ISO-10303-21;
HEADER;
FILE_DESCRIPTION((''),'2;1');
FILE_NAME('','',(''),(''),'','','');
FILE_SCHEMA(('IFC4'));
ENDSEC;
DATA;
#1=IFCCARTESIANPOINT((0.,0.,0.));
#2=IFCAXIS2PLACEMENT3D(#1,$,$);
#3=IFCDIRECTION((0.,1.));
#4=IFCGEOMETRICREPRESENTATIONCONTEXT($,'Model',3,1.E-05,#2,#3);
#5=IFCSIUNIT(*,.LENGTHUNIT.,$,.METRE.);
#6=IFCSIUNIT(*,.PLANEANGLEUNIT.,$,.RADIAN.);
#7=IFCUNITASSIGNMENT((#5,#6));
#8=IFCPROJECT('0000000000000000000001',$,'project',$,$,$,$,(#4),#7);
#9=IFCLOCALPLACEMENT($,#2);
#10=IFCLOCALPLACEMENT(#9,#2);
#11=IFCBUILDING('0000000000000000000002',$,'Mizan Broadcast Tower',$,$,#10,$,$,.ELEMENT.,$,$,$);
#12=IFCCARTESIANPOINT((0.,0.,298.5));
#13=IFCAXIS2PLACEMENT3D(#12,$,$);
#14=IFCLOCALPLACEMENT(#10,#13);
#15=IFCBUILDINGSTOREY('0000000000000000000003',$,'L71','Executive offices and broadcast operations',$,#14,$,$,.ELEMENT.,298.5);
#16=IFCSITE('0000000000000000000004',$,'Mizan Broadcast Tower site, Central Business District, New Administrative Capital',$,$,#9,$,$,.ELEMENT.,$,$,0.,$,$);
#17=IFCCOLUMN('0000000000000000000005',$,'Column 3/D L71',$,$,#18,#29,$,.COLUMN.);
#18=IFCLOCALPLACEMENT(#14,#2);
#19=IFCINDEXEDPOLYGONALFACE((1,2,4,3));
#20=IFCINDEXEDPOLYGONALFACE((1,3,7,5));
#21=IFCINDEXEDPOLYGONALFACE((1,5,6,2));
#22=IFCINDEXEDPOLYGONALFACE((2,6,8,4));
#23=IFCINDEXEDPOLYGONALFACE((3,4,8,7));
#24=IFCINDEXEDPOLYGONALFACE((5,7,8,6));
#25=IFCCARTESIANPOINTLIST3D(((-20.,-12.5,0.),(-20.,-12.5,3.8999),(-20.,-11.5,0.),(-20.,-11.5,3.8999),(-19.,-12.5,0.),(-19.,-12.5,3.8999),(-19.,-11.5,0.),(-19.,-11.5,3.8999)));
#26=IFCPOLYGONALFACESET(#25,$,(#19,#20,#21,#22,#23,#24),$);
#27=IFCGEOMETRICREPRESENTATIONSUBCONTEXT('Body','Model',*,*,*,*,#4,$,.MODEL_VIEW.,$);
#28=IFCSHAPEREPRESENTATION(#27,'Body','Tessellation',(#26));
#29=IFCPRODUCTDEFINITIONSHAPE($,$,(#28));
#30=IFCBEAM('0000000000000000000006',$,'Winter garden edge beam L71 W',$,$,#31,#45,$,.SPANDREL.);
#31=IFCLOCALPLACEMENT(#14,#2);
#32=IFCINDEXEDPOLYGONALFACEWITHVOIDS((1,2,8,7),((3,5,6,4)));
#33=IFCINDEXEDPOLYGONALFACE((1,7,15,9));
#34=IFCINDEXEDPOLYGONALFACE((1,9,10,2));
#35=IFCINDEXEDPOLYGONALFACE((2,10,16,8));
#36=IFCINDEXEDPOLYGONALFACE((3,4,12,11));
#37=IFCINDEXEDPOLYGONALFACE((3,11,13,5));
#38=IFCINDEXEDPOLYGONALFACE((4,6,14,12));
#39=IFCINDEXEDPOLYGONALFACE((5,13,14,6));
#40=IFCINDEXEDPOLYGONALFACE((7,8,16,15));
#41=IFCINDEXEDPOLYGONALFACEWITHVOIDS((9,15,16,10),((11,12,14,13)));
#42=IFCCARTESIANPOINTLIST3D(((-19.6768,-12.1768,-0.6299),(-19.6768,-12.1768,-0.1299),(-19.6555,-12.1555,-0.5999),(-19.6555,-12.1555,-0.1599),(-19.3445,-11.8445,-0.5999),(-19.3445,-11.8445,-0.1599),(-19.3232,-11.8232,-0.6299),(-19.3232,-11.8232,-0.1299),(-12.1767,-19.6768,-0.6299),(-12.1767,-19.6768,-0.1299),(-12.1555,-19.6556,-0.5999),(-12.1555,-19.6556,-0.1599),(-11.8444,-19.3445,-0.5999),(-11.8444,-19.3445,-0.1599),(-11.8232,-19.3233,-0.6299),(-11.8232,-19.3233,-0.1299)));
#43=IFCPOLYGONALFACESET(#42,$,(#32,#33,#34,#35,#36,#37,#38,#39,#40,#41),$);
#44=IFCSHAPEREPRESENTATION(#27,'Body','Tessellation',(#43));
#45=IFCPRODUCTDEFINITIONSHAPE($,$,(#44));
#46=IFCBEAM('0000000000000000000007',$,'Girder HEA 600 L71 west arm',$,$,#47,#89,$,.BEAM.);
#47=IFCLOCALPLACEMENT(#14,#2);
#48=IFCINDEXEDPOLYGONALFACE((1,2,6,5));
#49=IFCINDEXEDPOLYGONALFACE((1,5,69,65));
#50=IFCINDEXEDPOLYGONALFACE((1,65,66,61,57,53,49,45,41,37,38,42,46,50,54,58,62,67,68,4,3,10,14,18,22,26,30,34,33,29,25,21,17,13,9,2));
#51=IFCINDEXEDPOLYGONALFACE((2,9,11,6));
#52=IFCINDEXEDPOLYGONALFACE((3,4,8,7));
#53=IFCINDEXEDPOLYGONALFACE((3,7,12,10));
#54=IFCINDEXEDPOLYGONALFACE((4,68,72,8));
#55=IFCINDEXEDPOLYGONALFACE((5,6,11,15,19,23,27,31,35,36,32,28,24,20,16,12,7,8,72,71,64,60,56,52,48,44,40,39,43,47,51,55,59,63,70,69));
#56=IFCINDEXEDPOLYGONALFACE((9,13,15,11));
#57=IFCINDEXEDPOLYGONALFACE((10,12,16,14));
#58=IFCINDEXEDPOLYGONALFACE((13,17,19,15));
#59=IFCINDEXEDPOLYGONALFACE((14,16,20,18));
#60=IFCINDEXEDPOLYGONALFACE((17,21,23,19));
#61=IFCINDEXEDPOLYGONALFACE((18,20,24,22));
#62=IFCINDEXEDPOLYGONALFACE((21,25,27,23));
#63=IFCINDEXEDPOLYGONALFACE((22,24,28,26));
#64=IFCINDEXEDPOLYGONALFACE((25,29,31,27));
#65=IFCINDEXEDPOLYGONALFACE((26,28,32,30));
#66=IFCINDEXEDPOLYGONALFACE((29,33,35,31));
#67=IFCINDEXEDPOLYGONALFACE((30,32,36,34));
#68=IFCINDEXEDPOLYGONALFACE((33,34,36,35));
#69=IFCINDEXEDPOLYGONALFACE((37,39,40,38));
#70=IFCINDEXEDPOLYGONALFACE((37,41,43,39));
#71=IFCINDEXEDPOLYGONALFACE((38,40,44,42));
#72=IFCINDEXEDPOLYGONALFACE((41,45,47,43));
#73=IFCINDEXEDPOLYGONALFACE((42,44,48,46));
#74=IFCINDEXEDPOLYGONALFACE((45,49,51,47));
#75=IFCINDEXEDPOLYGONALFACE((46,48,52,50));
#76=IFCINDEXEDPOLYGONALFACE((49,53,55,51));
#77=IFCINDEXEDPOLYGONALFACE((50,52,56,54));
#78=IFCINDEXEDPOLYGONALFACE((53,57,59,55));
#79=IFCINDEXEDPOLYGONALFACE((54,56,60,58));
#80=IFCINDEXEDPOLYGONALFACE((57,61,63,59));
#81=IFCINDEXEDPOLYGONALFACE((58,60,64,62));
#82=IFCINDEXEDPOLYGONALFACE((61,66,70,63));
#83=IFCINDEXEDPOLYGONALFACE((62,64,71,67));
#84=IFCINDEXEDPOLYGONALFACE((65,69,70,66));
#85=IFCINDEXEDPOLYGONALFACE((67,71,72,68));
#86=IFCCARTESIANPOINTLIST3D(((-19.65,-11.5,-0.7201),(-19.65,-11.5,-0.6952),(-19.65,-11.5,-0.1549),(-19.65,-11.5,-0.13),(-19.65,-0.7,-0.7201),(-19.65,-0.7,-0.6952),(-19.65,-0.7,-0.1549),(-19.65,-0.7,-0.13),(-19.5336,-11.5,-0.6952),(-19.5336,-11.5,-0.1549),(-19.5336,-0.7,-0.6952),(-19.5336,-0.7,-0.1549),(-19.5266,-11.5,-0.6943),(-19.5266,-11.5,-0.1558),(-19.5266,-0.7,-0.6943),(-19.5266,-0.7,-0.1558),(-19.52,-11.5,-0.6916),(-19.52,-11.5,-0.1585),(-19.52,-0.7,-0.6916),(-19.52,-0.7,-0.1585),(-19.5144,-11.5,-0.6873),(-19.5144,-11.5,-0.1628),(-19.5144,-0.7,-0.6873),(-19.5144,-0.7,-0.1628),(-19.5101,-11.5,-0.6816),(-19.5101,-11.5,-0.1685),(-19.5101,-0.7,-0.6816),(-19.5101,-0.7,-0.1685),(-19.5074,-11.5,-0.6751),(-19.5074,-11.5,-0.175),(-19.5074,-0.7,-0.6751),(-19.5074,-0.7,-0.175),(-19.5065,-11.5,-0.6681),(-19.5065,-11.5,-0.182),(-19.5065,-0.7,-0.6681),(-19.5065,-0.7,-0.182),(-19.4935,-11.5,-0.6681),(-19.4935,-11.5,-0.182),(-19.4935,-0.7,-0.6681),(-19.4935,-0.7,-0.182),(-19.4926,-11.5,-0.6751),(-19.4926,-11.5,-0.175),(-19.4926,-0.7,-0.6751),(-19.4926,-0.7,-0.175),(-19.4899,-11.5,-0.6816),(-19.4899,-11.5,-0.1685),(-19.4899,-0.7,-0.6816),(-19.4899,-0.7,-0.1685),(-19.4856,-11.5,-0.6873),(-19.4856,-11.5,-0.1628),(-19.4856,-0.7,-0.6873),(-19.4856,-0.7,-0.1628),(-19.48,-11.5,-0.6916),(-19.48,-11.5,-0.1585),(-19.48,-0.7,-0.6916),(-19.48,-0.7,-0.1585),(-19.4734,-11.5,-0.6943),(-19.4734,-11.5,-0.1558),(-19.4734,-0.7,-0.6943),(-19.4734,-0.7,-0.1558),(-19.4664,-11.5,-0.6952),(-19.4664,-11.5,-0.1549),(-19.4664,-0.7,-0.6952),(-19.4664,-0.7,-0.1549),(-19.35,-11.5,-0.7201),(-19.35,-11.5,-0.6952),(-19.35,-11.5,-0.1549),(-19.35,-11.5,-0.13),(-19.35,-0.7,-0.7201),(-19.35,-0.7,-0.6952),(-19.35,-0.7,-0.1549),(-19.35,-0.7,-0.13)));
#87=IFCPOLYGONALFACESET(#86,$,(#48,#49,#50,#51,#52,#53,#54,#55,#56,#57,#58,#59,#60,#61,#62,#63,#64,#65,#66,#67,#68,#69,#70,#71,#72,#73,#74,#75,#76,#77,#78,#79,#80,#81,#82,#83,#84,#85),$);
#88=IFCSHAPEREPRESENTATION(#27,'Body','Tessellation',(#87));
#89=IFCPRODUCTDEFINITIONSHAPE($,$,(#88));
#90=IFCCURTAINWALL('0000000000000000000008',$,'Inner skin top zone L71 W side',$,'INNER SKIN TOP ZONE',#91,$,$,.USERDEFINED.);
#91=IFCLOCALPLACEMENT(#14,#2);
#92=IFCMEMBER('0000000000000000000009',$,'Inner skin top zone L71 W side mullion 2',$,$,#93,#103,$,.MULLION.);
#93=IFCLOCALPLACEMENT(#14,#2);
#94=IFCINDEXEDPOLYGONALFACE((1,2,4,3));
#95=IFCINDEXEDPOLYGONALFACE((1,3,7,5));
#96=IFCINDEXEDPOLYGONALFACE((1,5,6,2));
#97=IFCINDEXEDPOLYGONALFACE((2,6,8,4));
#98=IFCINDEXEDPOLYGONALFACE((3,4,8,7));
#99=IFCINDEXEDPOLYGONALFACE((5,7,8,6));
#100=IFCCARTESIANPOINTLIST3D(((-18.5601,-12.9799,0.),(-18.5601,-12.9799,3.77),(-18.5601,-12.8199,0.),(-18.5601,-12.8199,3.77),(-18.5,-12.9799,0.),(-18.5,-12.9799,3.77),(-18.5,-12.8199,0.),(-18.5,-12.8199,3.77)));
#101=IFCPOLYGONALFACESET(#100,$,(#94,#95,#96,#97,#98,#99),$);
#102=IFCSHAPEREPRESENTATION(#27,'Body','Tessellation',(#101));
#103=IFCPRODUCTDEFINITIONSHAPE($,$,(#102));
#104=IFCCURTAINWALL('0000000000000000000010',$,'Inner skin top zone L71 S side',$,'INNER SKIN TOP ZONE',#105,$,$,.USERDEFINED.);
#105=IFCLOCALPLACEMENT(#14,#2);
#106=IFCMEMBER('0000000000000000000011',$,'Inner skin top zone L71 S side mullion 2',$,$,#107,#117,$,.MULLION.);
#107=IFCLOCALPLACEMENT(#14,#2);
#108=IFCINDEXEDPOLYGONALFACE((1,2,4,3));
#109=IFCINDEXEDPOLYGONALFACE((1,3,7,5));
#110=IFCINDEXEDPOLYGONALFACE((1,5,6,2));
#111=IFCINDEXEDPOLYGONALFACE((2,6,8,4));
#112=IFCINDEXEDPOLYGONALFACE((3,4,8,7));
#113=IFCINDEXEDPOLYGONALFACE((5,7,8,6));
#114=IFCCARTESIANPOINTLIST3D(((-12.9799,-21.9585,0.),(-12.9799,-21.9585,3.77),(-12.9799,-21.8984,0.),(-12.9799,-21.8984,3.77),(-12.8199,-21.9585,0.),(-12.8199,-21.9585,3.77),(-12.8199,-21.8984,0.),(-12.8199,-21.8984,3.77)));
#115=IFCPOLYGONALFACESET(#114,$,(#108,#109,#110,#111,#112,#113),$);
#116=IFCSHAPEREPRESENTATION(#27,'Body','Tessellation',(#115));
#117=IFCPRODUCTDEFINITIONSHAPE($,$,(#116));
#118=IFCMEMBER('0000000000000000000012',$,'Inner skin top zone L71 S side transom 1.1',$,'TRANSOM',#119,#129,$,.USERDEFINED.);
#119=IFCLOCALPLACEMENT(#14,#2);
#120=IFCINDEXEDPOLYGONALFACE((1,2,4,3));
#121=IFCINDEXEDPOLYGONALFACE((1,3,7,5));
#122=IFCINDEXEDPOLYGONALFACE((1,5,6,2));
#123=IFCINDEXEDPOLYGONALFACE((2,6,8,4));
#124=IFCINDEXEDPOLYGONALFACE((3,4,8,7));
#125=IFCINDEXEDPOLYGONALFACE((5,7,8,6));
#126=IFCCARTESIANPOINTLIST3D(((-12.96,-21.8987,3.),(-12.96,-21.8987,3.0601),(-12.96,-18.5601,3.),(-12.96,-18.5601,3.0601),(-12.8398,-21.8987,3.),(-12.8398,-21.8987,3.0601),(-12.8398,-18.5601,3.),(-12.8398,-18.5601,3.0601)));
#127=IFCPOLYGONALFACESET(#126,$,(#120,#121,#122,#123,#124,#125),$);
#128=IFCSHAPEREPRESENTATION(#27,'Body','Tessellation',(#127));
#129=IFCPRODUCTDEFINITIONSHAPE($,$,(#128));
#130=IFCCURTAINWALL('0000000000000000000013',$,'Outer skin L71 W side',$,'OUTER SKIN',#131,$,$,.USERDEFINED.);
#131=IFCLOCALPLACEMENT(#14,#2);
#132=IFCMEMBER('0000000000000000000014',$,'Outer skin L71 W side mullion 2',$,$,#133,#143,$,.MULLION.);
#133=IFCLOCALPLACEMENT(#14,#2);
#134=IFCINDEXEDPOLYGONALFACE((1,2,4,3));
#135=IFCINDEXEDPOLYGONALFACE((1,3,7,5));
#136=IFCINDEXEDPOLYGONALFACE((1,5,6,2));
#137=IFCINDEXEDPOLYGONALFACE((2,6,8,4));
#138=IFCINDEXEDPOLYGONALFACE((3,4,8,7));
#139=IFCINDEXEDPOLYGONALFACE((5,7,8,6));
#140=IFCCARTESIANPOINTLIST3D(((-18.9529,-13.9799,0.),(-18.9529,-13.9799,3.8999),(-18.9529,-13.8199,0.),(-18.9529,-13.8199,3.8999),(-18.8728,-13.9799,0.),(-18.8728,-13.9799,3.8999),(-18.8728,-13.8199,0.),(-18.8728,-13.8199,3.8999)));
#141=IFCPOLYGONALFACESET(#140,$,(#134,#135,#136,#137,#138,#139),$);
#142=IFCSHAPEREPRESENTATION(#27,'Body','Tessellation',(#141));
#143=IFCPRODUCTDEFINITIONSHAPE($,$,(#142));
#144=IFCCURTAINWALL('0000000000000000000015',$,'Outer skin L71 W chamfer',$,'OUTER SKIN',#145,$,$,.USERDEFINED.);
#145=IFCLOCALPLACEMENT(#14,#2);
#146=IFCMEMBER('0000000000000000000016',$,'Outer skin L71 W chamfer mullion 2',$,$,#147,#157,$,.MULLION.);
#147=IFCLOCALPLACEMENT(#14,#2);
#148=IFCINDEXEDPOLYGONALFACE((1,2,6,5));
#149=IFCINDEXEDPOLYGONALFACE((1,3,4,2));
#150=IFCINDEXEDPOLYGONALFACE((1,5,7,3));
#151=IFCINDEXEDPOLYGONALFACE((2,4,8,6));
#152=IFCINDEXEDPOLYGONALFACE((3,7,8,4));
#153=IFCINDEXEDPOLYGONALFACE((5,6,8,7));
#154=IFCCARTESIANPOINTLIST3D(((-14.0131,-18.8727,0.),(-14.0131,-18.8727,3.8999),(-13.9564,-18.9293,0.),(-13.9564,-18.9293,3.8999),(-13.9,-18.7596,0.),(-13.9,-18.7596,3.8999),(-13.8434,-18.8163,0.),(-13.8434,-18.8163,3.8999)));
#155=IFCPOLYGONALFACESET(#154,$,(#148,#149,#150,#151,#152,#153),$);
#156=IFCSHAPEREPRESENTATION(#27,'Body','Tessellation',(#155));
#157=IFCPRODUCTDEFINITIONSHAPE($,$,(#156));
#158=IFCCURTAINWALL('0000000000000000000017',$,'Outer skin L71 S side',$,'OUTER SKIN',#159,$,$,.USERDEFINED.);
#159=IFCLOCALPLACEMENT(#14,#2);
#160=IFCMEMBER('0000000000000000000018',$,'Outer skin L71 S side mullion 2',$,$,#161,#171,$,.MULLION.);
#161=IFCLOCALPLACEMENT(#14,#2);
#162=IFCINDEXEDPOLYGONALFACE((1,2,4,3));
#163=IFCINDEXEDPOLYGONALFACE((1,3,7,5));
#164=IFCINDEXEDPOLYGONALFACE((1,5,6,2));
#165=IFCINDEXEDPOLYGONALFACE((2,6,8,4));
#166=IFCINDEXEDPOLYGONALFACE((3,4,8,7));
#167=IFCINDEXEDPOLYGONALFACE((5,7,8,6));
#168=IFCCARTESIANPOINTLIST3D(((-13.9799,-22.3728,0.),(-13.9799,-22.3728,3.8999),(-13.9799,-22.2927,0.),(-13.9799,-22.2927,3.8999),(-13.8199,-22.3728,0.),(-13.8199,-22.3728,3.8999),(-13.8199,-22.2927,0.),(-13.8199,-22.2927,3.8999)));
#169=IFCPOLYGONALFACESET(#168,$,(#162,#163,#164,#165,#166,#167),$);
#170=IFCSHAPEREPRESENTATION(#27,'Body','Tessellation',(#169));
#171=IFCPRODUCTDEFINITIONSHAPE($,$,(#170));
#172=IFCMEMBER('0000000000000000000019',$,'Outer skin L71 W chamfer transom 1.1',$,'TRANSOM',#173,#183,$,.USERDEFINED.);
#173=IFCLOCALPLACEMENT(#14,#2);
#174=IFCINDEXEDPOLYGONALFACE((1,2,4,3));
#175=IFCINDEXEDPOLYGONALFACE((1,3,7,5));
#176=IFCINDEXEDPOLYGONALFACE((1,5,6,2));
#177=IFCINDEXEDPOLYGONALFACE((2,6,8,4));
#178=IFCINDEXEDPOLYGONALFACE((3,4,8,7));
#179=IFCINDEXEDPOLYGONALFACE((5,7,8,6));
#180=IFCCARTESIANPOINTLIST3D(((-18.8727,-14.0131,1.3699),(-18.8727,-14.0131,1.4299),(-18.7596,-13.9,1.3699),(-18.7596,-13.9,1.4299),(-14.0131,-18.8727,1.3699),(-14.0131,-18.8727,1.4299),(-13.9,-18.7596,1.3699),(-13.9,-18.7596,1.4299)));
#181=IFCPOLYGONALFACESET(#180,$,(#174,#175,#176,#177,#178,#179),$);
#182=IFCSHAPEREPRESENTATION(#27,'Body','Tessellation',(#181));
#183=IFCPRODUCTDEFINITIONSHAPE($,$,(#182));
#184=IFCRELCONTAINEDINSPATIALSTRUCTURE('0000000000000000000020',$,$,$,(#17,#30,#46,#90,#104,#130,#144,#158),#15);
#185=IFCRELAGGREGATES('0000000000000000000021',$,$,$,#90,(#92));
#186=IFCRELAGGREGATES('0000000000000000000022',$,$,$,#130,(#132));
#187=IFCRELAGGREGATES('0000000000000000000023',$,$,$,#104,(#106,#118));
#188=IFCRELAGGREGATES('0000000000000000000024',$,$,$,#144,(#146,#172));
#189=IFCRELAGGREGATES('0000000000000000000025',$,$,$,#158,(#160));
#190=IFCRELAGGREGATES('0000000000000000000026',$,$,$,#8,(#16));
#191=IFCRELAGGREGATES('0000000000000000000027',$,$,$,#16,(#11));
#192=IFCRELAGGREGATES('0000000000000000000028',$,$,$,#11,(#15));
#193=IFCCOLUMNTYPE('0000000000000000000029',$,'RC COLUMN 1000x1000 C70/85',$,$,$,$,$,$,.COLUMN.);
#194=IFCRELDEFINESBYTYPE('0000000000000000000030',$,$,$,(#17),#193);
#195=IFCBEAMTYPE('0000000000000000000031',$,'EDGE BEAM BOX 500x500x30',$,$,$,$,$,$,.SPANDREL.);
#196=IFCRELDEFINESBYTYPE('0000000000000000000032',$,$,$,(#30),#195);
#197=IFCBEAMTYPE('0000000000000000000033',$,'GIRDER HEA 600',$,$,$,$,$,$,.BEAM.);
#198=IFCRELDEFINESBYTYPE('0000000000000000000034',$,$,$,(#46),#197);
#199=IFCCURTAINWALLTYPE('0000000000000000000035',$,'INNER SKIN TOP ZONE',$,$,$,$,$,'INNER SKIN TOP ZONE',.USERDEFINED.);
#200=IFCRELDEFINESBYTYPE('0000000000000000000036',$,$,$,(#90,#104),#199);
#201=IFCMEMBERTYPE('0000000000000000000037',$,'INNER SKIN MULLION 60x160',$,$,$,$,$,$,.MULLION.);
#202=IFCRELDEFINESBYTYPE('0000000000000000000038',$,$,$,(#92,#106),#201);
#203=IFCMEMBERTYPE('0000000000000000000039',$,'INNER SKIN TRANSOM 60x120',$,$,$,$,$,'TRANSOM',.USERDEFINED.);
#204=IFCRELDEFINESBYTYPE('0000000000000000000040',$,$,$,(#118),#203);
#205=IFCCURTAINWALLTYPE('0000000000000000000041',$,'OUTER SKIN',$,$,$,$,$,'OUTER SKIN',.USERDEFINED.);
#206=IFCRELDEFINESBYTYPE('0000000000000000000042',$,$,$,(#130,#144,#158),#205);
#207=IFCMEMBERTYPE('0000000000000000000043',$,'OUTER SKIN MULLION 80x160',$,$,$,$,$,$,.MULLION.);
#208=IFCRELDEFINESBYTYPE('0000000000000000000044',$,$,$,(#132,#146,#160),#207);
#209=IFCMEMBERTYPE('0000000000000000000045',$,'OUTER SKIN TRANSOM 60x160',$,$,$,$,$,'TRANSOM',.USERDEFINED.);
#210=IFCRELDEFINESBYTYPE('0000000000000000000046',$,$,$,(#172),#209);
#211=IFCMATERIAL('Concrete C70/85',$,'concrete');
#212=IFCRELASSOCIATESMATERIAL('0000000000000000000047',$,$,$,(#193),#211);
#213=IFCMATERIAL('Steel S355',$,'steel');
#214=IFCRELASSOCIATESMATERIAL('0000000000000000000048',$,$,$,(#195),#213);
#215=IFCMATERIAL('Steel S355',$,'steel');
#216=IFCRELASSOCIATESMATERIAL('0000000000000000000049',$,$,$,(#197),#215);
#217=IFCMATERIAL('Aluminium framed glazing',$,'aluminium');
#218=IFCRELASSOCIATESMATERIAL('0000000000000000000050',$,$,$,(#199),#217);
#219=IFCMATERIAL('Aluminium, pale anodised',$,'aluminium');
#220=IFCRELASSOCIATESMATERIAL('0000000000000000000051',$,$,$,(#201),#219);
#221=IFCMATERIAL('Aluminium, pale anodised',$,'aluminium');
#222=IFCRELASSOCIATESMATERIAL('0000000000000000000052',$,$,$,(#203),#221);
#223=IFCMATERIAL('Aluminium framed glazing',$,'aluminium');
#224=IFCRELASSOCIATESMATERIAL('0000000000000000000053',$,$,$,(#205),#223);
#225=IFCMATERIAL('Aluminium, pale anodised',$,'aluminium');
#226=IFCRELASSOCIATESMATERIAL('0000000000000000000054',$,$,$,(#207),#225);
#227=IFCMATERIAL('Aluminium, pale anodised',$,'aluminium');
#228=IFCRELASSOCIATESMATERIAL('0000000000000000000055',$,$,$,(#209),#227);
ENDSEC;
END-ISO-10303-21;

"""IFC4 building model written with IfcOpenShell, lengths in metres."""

from ifc_helpers import new_model, si_unit, direction, frame, origin, origin_2d, place, context, subcontext, project, spatial, rectangle, hollow_rectangle, i_section, extrude, material, material_profile, profile_set, type_object, element, aggregate, save


model = new_model("IFC4")

# Units and contexts
model_context = context("Model", 3, precision=1e-05, world=origin(), true_north=direction((0.0, 1.0)))
body_context = subcontext(model_context, "Body", "Model", "MODEL_VIEW")
ifc_project = project(units=[si_unit("LENGTHUNIT", "METRE"), si_unit("PLANEANGLEUNIT", "RADIAN")], contexts=[model_context])

# Site, building, storey
site_placement = place(None, origin())
site = spatial("IfcSite", under=ifc_project, at=site_placement, Name="Mizan Broadcast Tower site, Central Business District, New Administrative Capital", CompositionType="ELEMENT", RefElevation=0.0)
building_placement = place(site_placement, origin())
building = spatial("IfcBuilding", under=site, at=building_placement, Name="Mizan Broadcast Tower", CompositionType="ELEMENT")
storey_placement = place(building_placement, frame((0.0, 0.0, 298.5)))
storey = spatial("IfcBuildingStorey", under=building, at=storey_placement, Name="L71", Description="Executive offices and broadcast operations", CompositionType="ELEMENT", Elevation=298.5)

# Column
ifc_material_1 = material(Name="Concrete C70/85", Category="concrete")
ifc_material_profile_1 = material_profile(ifc_material_1, rectangle(XDim=1.0, YDim=1.0, at=origin_2d()), Name="RC 1000x1000")
ifc_profile_set_1 = profile_set([ifc_material_profile_1], Name="Concrete C70/85")
column_type = type_object("IfcColumnType", Name="RC COLUMN 1000x1000 C70/85", PredefinedType="COLUMN", material=ifc_profile_set_1)
column_placement = place(storey_placement, frame((-19.5, -12.0, 0.0), z_axis=(0.0, 0.0, 1.0), x_axis=(1.0, 0.0, 0.0)))
element("IfcColumn", 1, at=column_placement, inside=storey, type_object=column_type, Name="Column 3/D L71", PredefinedType="COLUMN", context=body_context, shape_type="SweptSolid", body=[
    extrude(rectangle(XDim=1.0, YDim=1.0, at=origin_2d()), origin(), (0.0, 0.0, 1.0), 3.8999),
])

# Beams
ifc_material_2 = material(Name="Steel S355", Category="steel")
ifc_material_profile_2 = material_profile(ifc_material_2, hollow_rectangle(XDim=0.5, YDim=0.5, WallThickness=0.03, at=origin_2d()), Name="BOX 500x500x30")
ifc_profile_set_2 = profile_set([ifc_material_profile_2], Name="Steel S355")
beam_type_1 = type_object("IfcBeamType", Name="EDGE BEAM BOX 500x500x30", PredefinedType="SPANDREL", material=ifc_profile_set_2)
beam_1_placement = place(storey_placement, frame((-19.5, -12.0, -0.3799), z_axis=(0.707107, -0.707107, 0.0), x_axis=(0.707107, 0.707107, 0.0)))
element("IfcBeam", 2, at=beam_1_placement, inside=storey, type_object=beam_type_1, Name="Winter garden edge beam L71 W", PredefinedType="SPANDREL", context=body_context, shape_type="SweptSolid", body=[
    extrude(hollow_rectangle(XDim=0.5, YDim=0.5, WallThickness=0.03, at=origin_2d()), origin(), (0.0, 0.0, 1.0), 10.6067),
])
ifc_material_3 = material(Name="Steel S355", Category="steel")
ifc_material_profile_3 = material_profile(ifc_material_3, i_section(OverallWidth=0.3, OverallDepth=0.5901, WebThickness=0.0129, FlangeThickness=0.0249, FilletRadius=0.0271, at=origin_2d()), Name="HEA 600")
ifc_profile_set_3 = profile_set([ifc_material_profile_3], Name="Steel S355")
beam_type_2 = type_object("IfcBeamType", Name="GIRDER HEA 600", PredefinedType="BEAM", material=ifc_profile_set_3)
beam_2_placement = place(storey_placement, frame((-19.5, -11.5, -0.425), z_axis=(0.0, 1.0, 0.0), x_axis=(-1.0, 0.0, 0.0)))
element("IfcBeam", 3, at=beam_2_placement, inside=storey, type_object=beam_type_2, Name="Girder HEA 600 L71 west arm", PredefinedType="BEAM", context=body_context, shape_type="SweptSolid", body=[
    extrude(i_section(OverallWidth=0.3, OverallDepth=0.5901, WebThickness=0.0129, FlangeThickness=0.0249, FilletRadius=0.0271, at=origin_2d()), origin(), (0.0, 0.0, 1.0), 10.8),
])

# Curtain wall, member
ifc_material_4 = material(Name="Aluminium framed glazing", Category="aluminium")
curtain_wall_type_1 = type_object("IfcCurtainWallType", Name="INNER SKIN TOP ZONE", ElementType="INNER SKIN TOP ZONE", PredefinedType="USERDEFINED", material=ifc_material_4)
curtain_wall_1_placement = place(storey_placement, origin())
curtain_wall_1 = element("IfcCurtainWall", 4, at=curtain_wall_1_placement, inside=storey, type_object=curtain_wall_type_1, Name="Inner skin top zone L71 W side", ObjectType="INNER SKIN TOP ZONE", PredefinedType="USERDEFINED")
ifc_material_5 = material(Name="Aluminium, pale anodised", Category="aluminium")
ifc_material_profile_4 = material_profile(ifc_material_5, rectangle(XDim=0.1599, YDim=0.0601, at=origin_2d()), Name="MULLION 160x60")
ifc_profile_set_4 = profile_set([ifc_material_profile_4], Name="Aluminium, pale anodised")
member_type_1 = type_object("IfcMemberType", Name="INNER SKIN MULLION 60x160", PredefinedType="MULLION", material=ifc_profile_set_4)
member_1_placement = place(storey_placement, frame((-18.53, -12.8999, 0.0), z_axis=(0.0, 0.0, 1.0), x_axis=(0.0, 1.0, 0.0)))
member_1 = element("IfcMember", 5, at=member_1_placement, type_object=member_type_1, Name="Inner skin top zone L71 W side mullion 2", PredefinedType="MULLION", context=body_context, shape_type="SweptSolid", body=[
    extrude(rectangle(XDim=0.1599, YDim=0.0601, at=origin_2d()), origin(), (0.0, 0.0, 1.0), 3.77),
])
aggregate(curtain_wall_1, [member_1])

# Curtain wall, members
curtain_wall_2_placement = place(storey_placement, origin())
curtain_wall_2 = element("IfcCurtainWall", 6, at=curtain_wall_2_placement, inside=storey, type_object=curtain_wall_type_1, Name="Inner skin top zone L71 S side", ObjectType="INNER SKIN TOP ZONE", PredefinedType="USERDEFINED")
member_2_placement = place(storey_placement, frame((-12.8999, -21.9285, 0.0), z_axis=(0.0, 0.0, 1.0), x_axis=(1.0, 0.0, 0.0)))
member_2 = element("IfcMember", 7, at=member_2_placement, type_object=member_type_1, Name="Inner skin top zone L71 S side mullion 2", PredefinedType="MULLION", context=body_context, shape_type="SweptSolid", body=[
    extrude(rectangle(XDim=0.1599, YDim=0.0601, at=origin_2d()), origin(), (0.0, 0.0, 1.0), 3.77),
])
ifc_material_6 = material(Name="Aluminium, pale anodised", Category="aluminium")
ifc_material_profile_5 = material_profile(ifc_material_6, rectangle(XDim=0.1201, YDim=0.0601, at=origin_2d()), Name="TRANSOM 120x60")
ifc_profile_set_5 = profile_set([ifc_material_profile_5], Name="Aluminium, pale anodised")
member_type_2 = type_object("IfcMemberType", Name="INNER SKIN TRANSOM 60x120", ElementType="TRANSOM", PredefinedType="USERDEFINED", material=ifc_profile_set_5)
member_3_placement = place(storey_placement, frame((-12.8999, -18.5601, 3.03), z_axis=(0.0, -1.0, 0.0), x_axis=(1.0, 0.0, 0.0)))
member_3 = element("IfcMember", 8, at=member_3_placement, type_object=member_type_2, Name="Inner skin top zone L71 S side transom 1.1", ObjectType="TRANSOM", PredefinedType="USERDEFINED", context=body_context, shape_type="SweptSolid", body=[
    extrude(rectangle(XDim=0.1201, YDim=0.0601, at=origin_2d()), origin(), (0.0, 0.0, 1.0), 3.3386),
])

# Curtain walls, members
ifc_material_7 = material(Name="Aluminium framed glazing", Category="aluminium")
curtain_wall_type_2 = type_object("IfcCurtainWallType", Name="OUTER SKIN", ElementType="OUTER SKIN", PredefinedType="USERDEFINED", material=ifc_material_7)
curtain_wall_3_placement = place(storey_placement, origin())
curtain_wall_3 = element("IfcCurtainWall", 9, at=curtain_wall_3_placement, inside=storey, type_object=curtain_wall_type_2, Name="Outer skin L71 W side", ObjectType="OUTER SKIN", PredefinedType="USERDEFINED")
ifc_material_8 = material(Name="Aluminium, pale anodised", Category="aluminium")
ifc_material_profile_6 = material_profile(ifc_material_8, rectangle(XDim=0.1599, YDim=0.0801, at=origin_2d()), Name="MULLION 160x80")
ifc_profile_set_6 = profile_set([ifc_material_profile_6], Name="Aluminium, pale anodised")
member_type_3 = type_object("IfcMemberType", Name="OUTER SKIN MULLION 80x160", PredefinedType="MULLION", material=ifc_profile_set_6)
member_4_placement = place(storey_placement, frame((-18.9128, -13.8999, 0.0), z_axis=(0.0, 0.0, 1.0), x_axis=(0.0, 1.0, 0.0)))
member_4 = element("IfcMember", 10, at=member_4_placement, type_object=member_type_3, Name="Outer skin L71 W side mullion 2", PredefinedType="MULLION", context=body_context, shape_type="SweptSolid", body=[
    extrude(rectangle(XDim=0.1599, YDim=0.0801, at=origin_2d()), origin(), (0.0, 0.0, 1.0), 3.8999),
])
aggregate(curtain_wall_3, [member_4])
curtain_wall_4_placement = place(storey_placement, origin())
curtain_wall_4 = element("IfcCurtainWall", 11, at=curtain_wall_4_placement, inside=storey, type_object=curtain_wall_type_2, Name="Outer skin L71 W chamfer", ObjectType="OUTER SKIN", PredefinedType="USERDEFINED")
member_5_placement = place(storey_placement, frame((-13.9282, -18.8445, 0.0), z_axis=(0.0, 0.0, 1.0), x_axis=(0.707107, 0.707107, 0.0)))
member_5 = element("IfcMember", 12, at=member_5_placement, type_object=member_type_3, Name="Outer skin L71 W chamfer mullion 2", PredefinedType="MULLION", context=body_context, shape_type="SweptSolid", body=[
    extrude(rectangle(XDim=0.1599, YDim=0.0801, at=origin_2d()), origin(), (0.0, 0.0, 1.0), 3.8999),
])
curtain_wall_5_placement = place(storey_placement, origin())
curtain_wall_5 = element("IfcCurtainWall", 13, at=curtain_wall_5_placement, inside=storey, type_object=curtain_wall_type_2, Name="Outer skin L71 S side", ObjectType="OUTER SKIN", PredefinedType="USERDEFINED")
member_6_placement = place(storey_placement, frame((-13.8999, -22.3328, 0.0), z_axis=(0.0, 0.0, 1.0), x_axis=(1.0, 0.0, 0.0)))
member_6 = element("IfcMember", 14, at=member_6_placement, type_object=member_type_3, Name="Outer skin L71 S side mullion 2", PredefinedType="MULLION", context=body_context, shape_type="SweptSolid", body=[
    extrude(rectangle(XDim=0.1599, YDim=0.0801, at=origin_2d()), origin(), (0.0, 0.0, 1.0), 3.8999),
])

# Member
ifc_material_9 = material(Name="Aluminium, pale anodised", Category="aluminium")
ifc_material_profile_7 = material_profile(ifc_material_9, rectangle(XDim=0.1599, YDim=0.0601, at=origin_2d()), Name="TRANSOM 160x60")
ifc_profile_set_7 = profile_set([ifc_material_profile_7], Name="Aluminium, pale anodised")
member_type_4 = type_object("IfcMemberType", Name="OUTER SKIN TRANSOM 60x160", ElementType="TRANSOM", PredefinedType="USERDEFINED", material=ifc_profile_set_7)
member_7_placement = place(storey_placement, frame((-18.8162, -13.9565, 1.3999), z_axis=(0.707107, -0.707107, 0.0), x_axis=(0.707107, 0.707107, 0.0)))
member_7 = element("IfcMember", 15, at=member_7_placement, type_object=member_type_4, Name="Outer skin L71 W chamfer transom 1.1", ObjectType="TRANSOM", PredefinedType="USERDEFINED", context=body_context, shape_type="SweptSolid", body=[
    extrude(rectangle(XDim=0.1599, YDim=0.0601, at=origin_2d()), origin(), (0.0, 0.0, 1.0), 6.8726),
])

aggregate(curtain_wall_2, [member_2, member_3])
aggregate(curtain_wall_4, [member_5, member_7])
aggregate(curtain_wall_5, [member_6])

save(model, "model.ifc")
